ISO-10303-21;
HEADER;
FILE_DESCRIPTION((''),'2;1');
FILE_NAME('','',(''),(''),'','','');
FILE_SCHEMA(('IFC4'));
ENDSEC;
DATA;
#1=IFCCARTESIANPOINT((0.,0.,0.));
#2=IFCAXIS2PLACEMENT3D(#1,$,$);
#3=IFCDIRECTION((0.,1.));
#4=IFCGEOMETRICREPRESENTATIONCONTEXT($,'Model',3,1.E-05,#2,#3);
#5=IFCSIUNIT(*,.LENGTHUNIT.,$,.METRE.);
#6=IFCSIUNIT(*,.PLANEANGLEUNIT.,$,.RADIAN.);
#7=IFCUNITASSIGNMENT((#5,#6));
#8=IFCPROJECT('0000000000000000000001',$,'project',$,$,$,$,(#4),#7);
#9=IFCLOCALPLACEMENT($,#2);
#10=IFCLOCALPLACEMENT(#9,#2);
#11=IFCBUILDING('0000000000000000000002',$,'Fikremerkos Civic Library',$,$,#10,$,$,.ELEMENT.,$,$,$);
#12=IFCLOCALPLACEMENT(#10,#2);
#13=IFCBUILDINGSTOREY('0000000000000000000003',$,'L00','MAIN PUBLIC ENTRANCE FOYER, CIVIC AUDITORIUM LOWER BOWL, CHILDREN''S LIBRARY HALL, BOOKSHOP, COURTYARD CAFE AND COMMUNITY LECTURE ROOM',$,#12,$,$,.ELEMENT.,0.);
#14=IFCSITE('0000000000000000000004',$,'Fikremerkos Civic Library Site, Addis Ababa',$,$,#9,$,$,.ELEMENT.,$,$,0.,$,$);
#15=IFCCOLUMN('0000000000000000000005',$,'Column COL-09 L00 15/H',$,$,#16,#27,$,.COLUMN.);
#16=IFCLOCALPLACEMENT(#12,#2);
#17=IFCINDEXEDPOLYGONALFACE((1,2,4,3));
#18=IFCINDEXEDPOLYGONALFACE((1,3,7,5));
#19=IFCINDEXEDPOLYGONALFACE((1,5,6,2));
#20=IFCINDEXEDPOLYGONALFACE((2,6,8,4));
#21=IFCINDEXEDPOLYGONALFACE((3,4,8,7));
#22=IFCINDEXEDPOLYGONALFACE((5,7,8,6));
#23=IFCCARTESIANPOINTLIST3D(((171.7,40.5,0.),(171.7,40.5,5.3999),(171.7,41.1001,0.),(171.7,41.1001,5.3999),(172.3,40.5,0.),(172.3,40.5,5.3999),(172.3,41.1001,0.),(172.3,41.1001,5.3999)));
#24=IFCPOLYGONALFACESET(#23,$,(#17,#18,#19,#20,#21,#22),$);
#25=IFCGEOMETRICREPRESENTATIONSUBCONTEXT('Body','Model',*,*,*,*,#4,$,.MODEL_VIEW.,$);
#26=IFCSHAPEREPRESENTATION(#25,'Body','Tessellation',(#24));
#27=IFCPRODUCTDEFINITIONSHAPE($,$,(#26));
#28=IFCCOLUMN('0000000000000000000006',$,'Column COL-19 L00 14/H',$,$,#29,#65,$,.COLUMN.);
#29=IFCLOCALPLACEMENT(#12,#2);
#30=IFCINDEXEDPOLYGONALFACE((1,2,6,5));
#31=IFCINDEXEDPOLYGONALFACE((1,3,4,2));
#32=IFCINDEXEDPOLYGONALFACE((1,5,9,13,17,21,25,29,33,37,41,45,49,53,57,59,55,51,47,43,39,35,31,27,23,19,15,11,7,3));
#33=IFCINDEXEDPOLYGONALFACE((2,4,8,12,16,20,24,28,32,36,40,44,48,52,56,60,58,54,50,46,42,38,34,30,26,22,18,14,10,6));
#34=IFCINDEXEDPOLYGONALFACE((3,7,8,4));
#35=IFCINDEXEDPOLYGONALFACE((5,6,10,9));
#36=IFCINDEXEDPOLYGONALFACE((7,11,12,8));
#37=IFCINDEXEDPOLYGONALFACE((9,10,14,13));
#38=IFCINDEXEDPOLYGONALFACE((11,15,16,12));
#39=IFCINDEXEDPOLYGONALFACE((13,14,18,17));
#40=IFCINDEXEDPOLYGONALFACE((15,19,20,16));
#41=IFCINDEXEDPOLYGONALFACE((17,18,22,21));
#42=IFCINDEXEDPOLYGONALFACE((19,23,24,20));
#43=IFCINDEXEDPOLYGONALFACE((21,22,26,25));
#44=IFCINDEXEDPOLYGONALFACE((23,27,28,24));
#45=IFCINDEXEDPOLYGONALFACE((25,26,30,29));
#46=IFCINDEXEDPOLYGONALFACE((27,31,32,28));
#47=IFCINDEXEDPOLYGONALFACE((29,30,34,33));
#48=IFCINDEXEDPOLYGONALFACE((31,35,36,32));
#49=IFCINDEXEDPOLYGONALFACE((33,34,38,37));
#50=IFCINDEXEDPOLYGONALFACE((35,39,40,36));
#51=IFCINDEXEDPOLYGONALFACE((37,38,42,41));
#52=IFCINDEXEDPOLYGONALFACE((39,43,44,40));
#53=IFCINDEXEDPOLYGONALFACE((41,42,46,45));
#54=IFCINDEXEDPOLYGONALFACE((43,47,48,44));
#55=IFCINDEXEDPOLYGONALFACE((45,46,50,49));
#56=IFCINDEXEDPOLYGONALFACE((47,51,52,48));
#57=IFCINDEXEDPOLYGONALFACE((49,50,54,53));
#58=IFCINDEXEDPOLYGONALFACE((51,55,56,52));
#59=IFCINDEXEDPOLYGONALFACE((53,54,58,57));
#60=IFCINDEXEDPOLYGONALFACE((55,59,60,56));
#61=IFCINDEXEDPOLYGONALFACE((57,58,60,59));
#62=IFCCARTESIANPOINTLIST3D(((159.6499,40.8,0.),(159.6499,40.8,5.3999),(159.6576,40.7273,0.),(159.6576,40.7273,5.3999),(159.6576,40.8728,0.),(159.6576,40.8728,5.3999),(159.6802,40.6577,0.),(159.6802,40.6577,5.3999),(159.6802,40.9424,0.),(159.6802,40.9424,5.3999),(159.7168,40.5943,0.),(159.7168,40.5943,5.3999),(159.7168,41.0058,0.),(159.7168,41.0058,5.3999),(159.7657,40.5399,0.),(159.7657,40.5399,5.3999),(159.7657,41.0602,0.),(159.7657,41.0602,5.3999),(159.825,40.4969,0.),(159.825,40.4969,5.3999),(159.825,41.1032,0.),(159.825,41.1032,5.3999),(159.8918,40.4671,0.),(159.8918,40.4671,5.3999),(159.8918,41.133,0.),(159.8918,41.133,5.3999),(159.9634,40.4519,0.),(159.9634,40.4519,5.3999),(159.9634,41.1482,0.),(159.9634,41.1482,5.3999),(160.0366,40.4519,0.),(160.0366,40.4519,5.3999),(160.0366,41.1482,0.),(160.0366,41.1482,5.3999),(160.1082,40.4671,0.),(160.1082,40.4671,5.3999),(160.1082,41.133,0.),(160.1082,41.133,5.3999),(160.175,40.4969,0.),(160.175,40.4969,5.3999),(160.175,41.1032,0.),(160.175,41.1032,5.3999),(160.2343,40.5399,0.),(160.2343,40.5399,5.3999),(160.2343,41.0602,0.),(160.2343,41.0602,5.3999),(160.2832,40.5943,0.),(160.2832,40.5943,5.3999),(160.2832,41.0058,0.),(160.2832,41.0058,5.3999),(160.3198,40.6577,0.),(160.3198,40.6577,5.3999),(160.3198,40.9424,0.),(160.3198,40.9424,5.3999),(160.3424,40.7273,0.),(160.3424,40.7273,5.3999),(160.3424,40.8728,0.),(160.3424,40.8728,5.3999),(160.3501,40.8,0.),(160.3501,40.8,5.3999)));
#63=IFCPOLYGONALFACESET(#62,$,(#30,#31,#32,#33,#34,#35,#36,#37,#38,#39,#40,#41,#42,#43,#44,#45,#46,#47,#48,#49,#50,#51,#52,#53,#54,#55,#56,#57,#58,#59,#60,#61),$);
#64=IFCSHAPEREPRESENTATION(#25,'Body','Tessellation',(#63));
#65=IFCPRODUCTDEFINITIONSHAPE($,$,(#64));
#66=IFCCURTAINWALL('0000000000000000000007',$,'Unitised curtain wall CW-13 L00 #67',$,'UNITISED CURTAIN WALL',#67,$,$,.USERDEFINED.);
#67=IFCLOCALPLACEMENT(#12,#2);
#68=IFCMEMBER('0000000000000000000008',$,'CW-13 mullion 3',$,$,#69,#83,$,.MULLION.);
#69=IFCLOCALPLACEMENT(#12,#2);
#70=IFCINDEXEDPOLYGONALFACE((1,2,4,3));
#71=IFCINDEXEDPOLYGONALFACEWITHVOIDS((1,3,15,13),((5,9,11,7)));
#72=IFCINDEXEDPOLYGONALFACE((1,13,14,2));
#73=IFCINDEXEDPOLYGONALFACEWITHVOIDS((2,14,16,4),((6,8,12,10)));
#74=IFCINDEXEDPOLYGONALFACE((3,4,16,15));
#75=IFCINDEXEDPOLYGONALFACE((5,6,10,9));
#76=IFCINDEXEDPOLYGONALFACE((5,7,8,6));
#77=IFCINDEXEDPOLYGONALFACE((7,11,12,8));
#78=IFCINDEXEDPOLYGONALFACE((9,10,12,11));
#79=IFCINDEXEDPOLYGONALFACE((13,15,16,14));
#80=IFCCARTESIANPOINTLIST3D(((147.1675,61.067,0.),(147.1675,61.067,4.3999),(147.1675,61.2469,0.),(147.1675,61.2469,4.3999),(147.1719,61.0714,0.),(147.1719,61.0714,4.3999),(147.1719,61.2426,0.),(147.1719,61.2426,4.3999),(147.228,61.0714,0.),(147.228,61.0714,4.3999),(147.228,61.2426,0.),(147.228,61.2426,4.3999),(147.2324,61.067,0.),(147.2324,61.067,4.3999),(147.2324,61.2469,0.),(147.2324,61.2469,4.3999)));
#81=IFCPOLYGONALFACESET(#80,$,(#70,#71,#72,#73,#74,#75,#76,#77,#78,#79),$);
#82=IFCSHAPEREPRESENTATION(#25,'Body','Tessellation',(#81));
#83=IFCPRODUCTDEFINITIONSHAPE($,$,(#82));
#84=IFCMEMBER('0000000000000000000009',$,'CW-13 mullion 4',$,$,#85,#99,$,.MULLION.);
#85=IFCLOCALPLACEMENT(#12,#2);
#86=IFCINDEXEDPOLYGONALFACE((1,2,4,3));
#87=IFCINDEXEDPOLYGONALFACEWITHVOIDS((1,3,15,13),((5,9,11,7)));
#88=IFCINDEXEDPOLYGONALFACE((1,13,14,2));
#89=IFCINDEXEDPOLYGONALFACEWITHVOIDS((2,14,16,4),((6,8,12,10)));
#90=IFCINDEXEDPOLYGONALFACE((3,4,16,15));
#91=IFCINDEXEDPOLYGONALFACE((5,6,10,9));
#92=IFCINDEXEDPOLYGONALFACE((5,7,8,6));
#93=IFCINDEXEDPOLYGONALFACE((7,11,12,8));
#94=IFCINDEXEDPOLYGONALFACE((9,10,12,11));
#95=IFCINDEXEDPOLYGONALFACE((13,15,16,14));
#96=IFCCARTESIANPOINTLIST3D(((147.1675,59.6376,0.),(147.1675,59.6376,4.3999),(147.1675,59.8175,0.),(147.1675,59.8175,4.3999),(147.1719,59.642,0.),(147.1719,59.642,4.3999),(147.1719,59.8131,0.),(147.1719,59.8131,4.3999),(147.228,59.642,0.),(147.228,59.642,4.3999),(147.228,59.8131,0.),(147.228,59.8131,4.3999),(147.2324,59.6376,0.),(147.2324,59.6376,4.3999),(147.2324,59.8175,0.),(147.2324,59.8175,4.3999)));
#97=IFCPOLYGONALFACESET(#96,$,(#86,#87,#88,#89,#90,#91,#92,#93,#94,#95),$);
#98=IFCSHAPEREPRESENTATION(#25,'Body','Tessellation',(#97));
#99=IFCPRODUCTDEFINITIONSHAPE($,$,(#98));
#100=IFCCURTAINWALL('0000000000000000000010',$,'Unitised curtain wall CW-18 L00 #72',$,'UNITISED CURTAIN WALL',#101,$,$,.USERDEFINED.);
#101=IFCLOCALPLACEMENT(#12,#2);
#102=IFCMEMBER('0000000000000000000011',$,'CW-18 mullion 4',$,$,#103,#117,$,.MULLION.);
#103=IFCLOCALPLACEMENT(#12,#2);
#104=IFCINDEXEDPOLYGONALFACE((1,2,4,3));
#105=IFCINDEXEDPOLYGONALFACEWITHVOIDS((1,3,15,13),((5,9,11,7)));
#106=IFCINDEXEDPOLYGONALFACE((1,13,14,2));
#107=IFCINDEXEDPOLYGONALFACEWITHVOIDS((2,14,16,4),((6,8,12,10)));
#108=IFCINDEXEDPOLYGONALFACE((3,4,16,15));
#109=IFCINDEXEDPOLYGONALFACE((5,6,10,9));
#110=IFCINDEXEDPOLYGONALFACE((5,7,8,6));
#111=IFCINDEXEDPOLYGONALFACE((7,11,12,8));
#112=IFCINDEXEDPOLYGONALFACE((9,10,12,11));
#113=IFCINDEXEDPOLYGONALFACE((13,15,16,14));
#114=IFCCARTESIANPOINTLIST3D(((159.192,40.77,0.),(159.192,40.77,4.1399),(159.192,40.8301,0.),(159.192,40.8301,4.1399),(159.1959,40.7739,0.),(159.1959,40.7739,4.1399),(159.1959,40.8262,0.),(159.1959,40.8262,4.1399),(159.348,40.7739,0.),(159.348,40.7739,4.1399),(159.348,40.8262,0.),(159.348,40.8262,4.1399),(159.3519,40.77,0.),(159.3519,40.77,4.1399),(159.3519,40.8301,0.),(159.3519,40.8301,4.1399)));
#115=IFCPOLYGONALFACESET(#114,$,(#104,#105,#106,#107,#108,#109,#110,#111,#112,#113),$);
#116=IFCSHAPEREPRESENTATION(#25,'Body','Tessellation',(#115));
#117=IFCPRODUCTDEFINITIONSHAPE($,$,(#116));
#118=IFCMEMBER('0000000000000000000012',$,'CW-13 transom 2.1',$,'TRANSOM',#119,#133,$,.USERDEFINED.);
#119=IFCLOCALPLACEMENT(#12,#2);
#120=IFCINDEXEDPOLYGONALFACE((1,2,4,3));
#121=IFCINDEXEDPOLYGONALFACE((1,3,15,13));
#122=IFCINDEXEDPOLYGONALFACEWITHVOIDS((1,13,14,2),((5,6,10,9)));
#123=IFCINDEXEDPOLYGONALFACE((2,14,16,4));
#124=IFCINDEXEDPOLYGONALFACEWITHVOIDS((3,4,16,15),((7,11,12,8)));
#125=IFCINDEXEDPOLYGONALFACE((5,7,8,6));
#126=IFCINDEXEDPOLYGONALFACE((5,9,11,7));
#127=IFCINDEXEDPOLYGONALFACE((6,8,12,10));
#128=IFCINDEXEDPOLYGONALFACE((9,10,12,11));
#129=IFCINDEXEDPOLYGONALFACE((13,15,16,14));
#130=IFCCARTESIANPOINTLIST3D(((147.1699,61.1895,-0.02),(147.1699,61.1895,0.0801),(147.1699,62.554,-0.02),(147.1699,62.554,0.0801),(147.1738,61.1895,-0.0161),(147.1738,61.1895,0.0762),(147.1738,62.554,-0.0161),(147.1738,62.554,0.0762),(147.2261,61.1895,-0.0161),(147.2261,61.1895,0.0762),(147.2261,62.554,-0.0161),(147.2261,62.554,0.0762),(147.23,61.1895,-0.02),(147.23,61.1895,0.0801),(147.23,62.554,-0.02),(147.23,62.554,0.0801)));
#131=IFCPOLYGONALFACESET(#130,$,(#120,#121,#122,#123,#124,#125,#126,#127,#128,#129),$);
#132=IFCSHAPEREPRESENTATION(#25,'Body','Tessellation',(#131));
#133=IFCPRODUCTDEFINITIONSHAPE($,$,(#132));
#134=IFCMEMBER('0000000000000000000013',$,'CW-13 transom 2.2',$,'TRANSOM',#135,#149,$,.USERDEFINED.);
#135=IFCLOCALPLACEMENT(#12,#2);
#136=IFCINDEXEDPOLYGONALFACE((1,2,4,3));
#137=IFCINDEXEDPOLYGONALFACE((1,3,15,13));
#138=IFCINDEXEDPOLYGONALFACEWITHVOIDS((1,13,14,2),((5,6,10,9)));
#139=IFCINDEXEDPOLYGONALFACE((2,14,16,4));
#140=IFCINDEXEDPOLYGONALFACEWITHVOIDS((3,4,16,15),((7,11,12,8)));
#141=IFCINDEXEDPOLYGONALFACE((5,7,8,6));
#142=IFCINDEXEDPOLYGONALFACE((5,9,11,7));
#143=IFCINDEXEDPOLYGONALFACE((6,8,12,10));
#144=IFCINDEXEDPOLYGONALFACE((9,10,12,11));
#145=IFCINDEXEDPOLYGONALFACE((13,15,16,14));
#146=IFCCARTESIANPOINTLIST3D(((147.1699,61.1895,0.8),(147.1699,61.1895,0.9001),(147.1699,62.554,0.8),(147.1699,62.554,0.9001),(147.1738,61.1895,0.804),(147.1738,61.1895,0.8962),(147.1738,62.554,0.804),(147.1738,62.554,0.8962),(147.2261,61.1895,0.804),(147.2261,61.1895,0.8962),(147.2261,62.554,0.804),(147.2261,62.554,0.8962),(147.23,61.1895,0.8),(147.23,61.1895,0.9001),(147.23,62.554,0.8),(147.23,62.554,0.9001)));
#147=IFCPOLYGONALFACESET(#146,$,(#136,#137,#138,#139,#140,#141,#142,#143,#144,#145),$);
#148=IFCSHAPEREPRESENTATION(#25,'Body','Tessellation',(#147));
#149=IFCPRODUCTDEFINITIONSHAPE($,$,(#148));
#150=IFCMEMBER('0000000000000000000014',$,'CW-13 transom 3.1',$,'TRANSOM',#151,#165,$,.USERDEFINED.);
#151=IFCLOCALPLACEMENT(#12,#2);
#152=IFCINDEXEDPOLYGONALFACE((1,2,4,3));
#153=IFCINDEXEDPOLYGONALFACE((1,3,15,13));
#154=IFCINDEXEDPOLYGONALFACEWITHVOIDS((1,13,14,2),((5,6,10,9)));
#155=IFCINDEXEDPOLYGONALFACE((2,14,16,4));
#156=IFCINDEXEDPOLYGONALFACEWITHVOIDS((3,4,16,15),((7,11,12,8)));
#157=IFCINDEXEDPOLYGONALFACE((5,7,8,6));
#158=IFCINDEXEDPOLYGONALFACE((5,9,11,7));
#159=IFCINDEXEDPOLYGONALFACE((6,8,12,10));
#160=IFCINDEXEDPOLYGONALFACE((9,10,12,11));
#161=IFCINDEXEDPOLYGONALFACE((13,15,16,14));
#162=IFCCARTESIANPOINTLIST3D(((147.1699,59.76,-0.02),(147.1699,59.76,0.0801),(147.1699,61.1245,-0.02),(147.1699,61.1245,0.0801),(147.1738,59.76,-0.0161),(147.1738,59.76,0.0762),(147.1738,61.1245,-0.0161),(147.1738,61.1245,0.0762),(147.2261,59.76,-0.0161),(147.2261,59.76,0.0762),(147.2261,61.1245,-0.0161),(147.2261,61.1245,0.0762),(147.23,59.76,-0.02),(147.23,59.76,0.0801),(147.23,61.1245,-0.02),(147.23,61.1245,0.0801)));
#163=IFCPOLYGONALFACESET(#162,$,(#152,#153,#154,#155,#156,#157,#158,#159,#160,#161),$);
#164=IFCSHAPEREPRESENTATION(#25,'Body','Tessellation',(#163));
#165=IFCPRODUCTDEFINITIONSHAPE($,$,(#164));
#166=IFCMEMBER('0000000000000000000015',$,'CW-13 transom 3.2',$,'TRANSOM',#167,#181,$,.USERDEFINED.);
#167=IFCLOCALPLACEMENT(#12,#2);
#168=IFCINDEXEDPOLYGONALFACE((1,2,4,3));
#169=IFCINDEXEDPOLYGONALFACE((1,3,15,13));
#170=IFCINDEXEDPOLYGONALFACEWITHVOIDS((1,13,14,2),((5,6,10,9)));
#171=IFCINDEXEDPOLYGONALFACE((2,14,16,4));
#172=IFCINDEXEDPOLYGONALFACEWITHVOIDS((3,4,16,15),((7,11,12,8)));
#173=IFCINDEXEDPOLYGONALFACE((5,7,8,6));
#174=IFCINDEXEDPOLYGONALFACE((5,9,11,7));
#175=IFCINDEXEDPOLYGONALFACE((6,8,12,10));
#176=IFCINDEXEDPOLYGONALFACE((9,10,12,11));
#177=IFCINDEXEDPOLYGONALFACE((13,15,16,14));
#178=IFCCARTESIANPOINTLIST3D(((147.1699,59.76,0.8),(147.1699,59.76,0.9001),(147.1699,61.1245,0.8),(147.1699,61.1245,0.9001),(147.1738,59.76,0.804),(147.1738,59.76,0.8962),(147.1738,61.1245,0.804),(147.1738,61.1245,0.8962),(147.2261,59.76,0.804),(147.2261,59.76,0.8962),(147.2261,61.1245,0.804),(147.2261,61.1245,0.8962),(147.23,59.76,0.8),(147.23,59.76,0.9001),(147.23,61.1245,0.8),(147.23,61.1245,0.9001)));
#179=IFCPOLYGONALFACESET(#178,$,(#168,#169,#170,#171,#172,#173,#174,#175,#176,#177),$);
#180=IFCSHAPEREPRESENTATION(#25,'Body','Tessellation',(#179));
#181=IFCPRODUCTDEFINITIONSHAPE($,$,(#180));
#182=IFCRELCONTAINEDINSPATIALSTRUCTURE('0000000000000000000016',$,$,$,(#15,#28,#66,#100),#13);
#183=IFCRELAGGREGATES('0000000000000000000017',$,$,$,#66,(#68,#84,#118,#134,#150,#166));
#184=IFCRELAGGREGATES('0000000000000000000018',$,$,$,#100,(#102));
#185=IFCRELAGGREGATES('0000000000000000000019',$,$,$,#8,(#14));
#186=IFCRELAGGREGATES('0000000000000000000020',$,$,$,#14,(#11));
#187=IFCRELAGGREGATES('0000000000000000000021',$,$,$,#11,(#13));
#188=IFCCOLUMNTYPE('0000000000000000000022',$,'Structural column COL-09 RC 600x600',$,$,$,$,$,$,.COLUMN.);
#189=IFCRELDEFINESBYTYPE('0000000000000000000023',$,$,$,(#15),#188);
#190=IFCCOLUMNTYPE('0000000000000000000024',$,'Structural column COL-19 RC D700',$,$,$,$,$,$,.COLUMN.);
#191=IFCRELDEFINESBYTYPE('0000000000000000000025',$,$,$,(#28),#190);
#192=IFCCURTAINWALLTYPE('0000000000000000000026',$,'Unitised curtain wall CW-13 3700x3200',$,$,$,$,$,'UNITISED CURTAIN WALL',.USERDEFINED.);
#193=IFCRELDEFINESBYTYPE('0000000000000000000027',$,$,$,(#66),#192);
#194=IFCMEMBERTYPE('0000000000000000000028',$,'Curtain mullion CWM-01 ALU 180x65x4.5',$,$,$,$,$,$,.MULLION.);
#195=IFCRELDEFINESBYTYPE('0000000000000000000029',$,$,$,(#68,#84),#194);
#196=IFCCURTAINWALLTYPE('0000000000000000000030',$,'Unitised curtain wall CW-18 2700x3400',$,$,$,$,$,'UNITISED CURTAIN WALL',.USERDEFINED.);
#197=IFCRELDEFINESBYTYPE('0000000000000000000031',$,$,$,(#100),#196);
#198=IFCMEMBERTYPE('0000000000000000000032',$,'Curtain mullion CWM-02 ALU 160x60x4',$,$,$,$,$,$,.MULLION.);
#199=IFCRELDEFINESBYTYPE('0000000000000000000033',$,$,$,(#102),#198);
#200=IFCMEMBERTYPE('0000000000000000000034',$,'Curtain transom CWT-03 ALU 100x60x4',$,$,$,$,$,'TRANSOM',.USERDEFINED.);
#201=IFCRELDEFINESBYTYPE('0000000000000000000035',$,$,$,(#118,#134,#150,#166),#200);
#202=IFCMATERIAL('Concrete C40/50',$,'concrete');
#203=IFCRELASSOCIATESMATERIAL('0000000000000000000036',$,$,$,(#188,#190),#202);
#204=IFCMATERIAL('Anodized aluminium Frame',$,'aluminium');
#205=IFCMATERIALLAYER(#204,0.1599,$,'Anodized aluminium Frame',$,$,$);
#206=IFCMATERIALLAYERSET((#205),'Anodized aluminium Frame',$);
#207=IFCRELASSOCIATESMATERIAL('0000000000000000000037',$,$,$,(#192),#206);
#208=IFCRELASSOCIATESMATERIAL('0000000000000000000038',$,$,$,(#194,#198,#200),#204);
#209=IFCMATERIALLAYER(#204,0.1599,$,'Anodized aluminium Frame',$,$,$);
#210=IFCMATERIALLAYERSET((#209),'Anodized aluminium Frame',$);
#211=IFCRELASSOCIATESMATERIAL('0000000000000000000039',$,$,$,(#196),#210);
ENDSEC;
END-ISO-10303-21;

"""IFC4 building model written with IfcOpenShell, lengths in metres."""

from ifc_helpers import new_model, si_unit, direction, frame, origin, origin_2d, place, context, subcontext, project, spatial, rectangle, hollow_rectangle, circle, extrude, material, layer, layer_set, material_profile, profile_set, type_object, element, aggregate, save


model = new_model("IFC4")

# Units and contexts
model_context = context("Model", 3, precision=1e-05, world=origin(), true_north=direction((0.0, 1.0)))
body_context = subcontext(model_context, "Body", "Model", "MODEL_VIEW")
ifc_project = project(units=[si_unit("LENGTHUNIT", "METRE"), si_unit("PLANEANGLEUNIT", "RADIAN")], contexts=[model_context])

# Site, building, storey
site_placement = place(None, origin())
site = spatial("IfcSite", under=ifc_project, at=site_placement, Name="Fikremerkos Civic Library Site, Addis Ababa", CompositionType="ELEMENT", RefElevation=0.0)
building_placement = place(site_placement, origin())
building = spatial("IfcBuilding", under=site, at=building_placement, Name="Fikremerkos Civic Library", CompositionType="ELEMENT")
storey_placement = place(building_placement, origin())
storey = spatial("IfcBuildingStorey", under=building, at=storey_placement, Name="L00", Description="MAIN PUBLIC ENTRANCE FOYER, CIVIC AUDITORIUM LOWER BOWL, CHILDREN'S LIBRARY HALL, BOOKSHOP, COURTYARD CAFE AND COMMUNITY LECTURE ROOM", CompositionType="ELEMENT", Elevation=0.0)

# Columns
ifc_material_1 = material(Name="Concrete C40/50", Category="concrete")
ifc_material_profile_1 = material_profile(ifc_material_1, rectangle(XDim=0.6001, YDim=0.6001, at=origin_2d()), Name="RC 600x600")
ifc_profile_set_1 = profile_set([ifc_material_profile_1], Name="Concrete C40/50")
column_type_1 = type_object("IfcColumnType", Name="Structural column COL-09 RC 600x600", PredefinedType="COLUMN", material=ifc_profile_set_1)
column_1_placement = place(storey_placement, frame((172.0, 40.8, 0.0), z_axis=(0.0, 0.0, 1.0), x_axis=(1.0, 0.0, 0.0)))
element("IfcColumn", 1, at=column_1_placement, inside=storey, type_object=column_type_1, Name="Column COL-09 L00 15/H", PredefinedType="COLUMN", context=body_context, shape_type="SweptSolid", body=[
    extrude(rectangle(XDim=0.6001, YDim=0.6001, at=origin_2d()), origin(), (0.0, 0.0, 1.0), 5.3999),
])
ifc_material_profile_2 = material_profile(ifc_material_1, circle(Radius=0.3501, at=origin_2d()), Name="RC D700")
ifc_profile_set_2 = profile_set([ifc_material_profile_2], Name="Concrete C40/50")
column_type_2 = type_object("IfcColumnType", Name="Structural column COL-19 RC D700", PredefinedType="COLUMN", material=ifc_profile_set_2)
column_2_placement = place(storey_placement, frame((160.0, 40.8, 0.0), z_axis=(0.0, 0.0, 1.0), x_axis=(1.0, 0.0, 0.0)))
element("IfcColumn", 2, at=column_2_placement, inside=storey, type_object=column_type_2, Name="Column COL-19 L00 14/H", PredefinedType="COLUMN", context=body_context, shape_type="SweptSolid", body=[
    extrude(circle(Radius=0.3501, at=origin_2d()), origin(), (0.0, 0.0, 1.0), 5.3999),
])

# Curtain wall, members
ifc_material_2 = material(Name="Anodized aluminium Frame", Category="aluminium")
ifc_layer_1 = layer(ifc_material_2, 0.1599, Name="Anodized aluminium Frame")
ifc_layer_set_1 = layer_set([ifc_layer_1], Name="Anodized aluminium Frame")
curtain_wall_type_1 = type_object("IfcCurtainWallType", Name="Unitised curtain wall CW-13 3700x3200", ElementType="UNITISED CURTAIN WALL", PredefinedType="USERDEFINED", material=ifc_layer_set_1)
curtain_wall_1_placement = place(storey_placement, origin())
curtain_wall_1 = element("IfcCurtainWall", 3, at=curtain_wall_1_placement, inside=storey, type_object=curtain_wall_type_1, Name="Unitised curtain wall CW-13 L00 #67", ObjectType="UNITISED CURTAIN WALL", PredefinedType="USERDEFINED")
ifc_material_profile_3 = material_profile(ifc_material_2, hollow_rectangle(XDim=0.0649, YDim=0.1799, WallThickness=0.0044, at=origin_2d()), Name="ALU 180x65x4.5")
ifc_profile_set_3 = profile_set([ifc_material_profile_3], Name="Anodized aluminium Frame")
member_type_1 = type_object("IfcMemberType", Name="Curtain mullion CWM-01 ALU 180x65x4.5", PredefinedType="MULLION", material=ifc_profile_set_3)
member_1_placement = place(storey_placement, frame((147.2, 61.157, 0.0), z_axis=(0.0, 0.0, 1.0), x_axis=(1.0, 0.0, 0.0)))
member_1 = element("IfcMember", 4, at=member_1_placement, type_object=member_type_1, Name="CW-13 mullion 3", PredefinedType="MULLION", context=body_context, shape_type="SweptSolid", body=[
    extrude(hollow_rectangle(XDim=0.0649, YDim=0.1799, WallThickness=0.0044, at=origin_2d()), origin(), (0.0, 0.0, 1.0), 4.3999),
])
member_2_placement = place(storey_placement, frame((147.2, 59.7275, 0.0), z_axis=(0.0, 0.0, 1.0), x_axis=(1.0, 0.0, 0.0)))
member_2 = element("IfcMember", 5, at=member_2_placement, type_object=member_type_1, Name="CW-13 mullion 4", PredefinedType="MULLION", context=body_context, shape_type="SweptSolid", body=[
    extrude(hollow_rectangle(XDim=0.0649, YDim=0.1799, WallThickness=0.0044, at=origin_2d()), origin(), (0.0, 0.0, 1.0), 4.3999),
])

# Curtain wall, member
ifc_layer_2 = layer(ifc_material_2, 0.1599, Name="Anodized aluminium Frame")
ifc_layer_set_2 = layer_set([ifc_layer_2], Name="Anodized aluminium Frame")
curtain_wall_type_2 = type_object("IfcCurtainWallType", Name="Unitised curtain wall CW-18 2700x3400", ElementType="UNITISED CURTAIN WALL", PredefinedType="USERDEFINED", material=ifc_layer_set_2)
curtain_wall_2_placement = place(storey_placement, origin())
curtain_wall_2 = element("IfcCurtainWall", 6, at=curtain_wall_2_placement, inside=storey, type_object=curtain_wall_type_2, Name="Unitised curtain wall CW-18 L00 #72", ObjectType="UNITISED CURTAIN WALL", PredefinedType="USERDEFINED")
ifc_material_profile_4 = material_profile(ifc_material_2, hollow_rectangle(XDim=0.0601, YDim=0.1599, WallThickness=0.0039, at=origin_2d()), Name="ALU 160x60x4")
ifc_profile_set_4 = profile_set([ifc_material_profile_4], Name="Anodized aluminium Frame")
member_type_2 = type_object("IfcMemberType", Name="Curtain mullion CWM-02 ALU 160x60x4", PredefinedType="MULLION", material=ifc_profile_set_4)
member_3_placement = place(storey_placement, frame((159.272, 40.8, 0.0), z_axis=(0.0, 0.0, 1.0), x_axis=(0.0, 1.0, 0.0)))
member_3 = element("IfcMember", 7, at=member_3_placement, type_object=member_type_2, Name="CW-18 mullion 4", PredefinedType="MULLION", context=body_context, shape_type="SweptSolid", body=[
    extrude(hollow_rectangle(XDim=0.0601, YDim=0.1599, WallThickness=0.0039, at=origin_2d()), origin(), (0.0, 0.0, 1.0), 4.1399),
])

# Members
ifc_material_profile_5 = material_profile(ifc_material_2, hollow_rectangle(XDim=0.0601, YDim=0.1001, WallThickness=0.0039, at=origin_2d()), Name="ALU 100x60x4")
ifc_profile_set_5 = profile_set([ifc_material_profile_5], Name="Anodized aluminium Frame")
member_type_3 = type_object("IfcMemberType", Name="Curtain transom CWT-03 ALU 100x60x4", ElementType="TRANSOM", PredefinedType="USERDEFINED", material=ifc_profile_set_5)
member_4_placement = place(storey_placement, frame((147.2, 62.554, 0.03), z_axis=(0.0, -1.0, 0.0), x_axis=(1.0, 0.0, 0.0)))
member_4 = element("IfcMember", 8, at=member_4_placement, type_object=member_type_3, Name="CW-13 transom 2.1", ObjectType="TRANSOM", PredefinedType="USERDEFINED", context=body_context, shape_type="SweptSolid", body=[
    extrude(hollow_rectangle(XDim=0.0601, YDim=0.1001, WallThickness=0.0039, at=origin_2d()), origin(), (0.0, 0.0, 1.0), 1.3645),
])
member_5_placement = place(storey_placement, frame((147.2, 62.554, 0.8501), z_axis=(0.0, -1.0, 0.0), x_axis=(1.0, 0.0, 0.0)))
member_5 = element("IfcMember", 9, at=member_5_placement, type_object=member_type_3, Name="CW-13 transom 2.2", ObjectType="TRANSOM", PredefinedType="USERDEFINED", context=body_context, shape_type="SweptSolid", body=[
    extrude(hollow_rectangle(XDim=0.0601, YDim=0.1001, WallThickness=0.0039, at=origin_2d()), origin(), (0.0, 0.0, 1.0), 1.3645),
])
member_6_placement = place(storey_placement, frame((147.2, 61.1245, 0.03), z_axis=(0.0, -1.0, 0.0), x_axis=(1.0, 0.0, 0.0)))
member_6 = element("IfcMember", 10, at=member_6_placement, type_object=member_type_3, Name="CW-13 transom 3.1", ObjectType="TRANSOM", PredefinedType="USERDEFINED", context=body_context, shape_type="SweptSolid", body=[
    extrude(hollow_rectangle(XDim=0.0601, YDim=0.1001, WallThickness=0.0039, at=origin_2d()), origin(), (0.0, 0.0, 1.0), 1.3645),
])
member_7_placement = place(storey_placement, frame((147.2, 61.1245, 0.8501), z_axis=(0.0, -1.0, 0.0), x_axis=(1.0, 0.0, 0.0)))
member_7 = element("IfcMember", 11, at=member_7_placement, type_object=member_type_3, Name="CW-13 transom 3.2", ObjectType="TRANSOM", PredefinedType="USERDEFINED", context=body_context, shape_type="SweptSolid", body=[
    extrude(hollow_rectangle(XDim=0.0601, YDim=0.1001, WallThickness=0.0039, at=origin_2d()), origin(), (0.0, 0.0, 1.0), 1.3645),
])

aggregate(curtain_wall_1, [member_1, member_2, member_4, member_5, member_6, member_7])
aggregate(curtain_wall_2, [member_3])

save(model, "model.ifc")
